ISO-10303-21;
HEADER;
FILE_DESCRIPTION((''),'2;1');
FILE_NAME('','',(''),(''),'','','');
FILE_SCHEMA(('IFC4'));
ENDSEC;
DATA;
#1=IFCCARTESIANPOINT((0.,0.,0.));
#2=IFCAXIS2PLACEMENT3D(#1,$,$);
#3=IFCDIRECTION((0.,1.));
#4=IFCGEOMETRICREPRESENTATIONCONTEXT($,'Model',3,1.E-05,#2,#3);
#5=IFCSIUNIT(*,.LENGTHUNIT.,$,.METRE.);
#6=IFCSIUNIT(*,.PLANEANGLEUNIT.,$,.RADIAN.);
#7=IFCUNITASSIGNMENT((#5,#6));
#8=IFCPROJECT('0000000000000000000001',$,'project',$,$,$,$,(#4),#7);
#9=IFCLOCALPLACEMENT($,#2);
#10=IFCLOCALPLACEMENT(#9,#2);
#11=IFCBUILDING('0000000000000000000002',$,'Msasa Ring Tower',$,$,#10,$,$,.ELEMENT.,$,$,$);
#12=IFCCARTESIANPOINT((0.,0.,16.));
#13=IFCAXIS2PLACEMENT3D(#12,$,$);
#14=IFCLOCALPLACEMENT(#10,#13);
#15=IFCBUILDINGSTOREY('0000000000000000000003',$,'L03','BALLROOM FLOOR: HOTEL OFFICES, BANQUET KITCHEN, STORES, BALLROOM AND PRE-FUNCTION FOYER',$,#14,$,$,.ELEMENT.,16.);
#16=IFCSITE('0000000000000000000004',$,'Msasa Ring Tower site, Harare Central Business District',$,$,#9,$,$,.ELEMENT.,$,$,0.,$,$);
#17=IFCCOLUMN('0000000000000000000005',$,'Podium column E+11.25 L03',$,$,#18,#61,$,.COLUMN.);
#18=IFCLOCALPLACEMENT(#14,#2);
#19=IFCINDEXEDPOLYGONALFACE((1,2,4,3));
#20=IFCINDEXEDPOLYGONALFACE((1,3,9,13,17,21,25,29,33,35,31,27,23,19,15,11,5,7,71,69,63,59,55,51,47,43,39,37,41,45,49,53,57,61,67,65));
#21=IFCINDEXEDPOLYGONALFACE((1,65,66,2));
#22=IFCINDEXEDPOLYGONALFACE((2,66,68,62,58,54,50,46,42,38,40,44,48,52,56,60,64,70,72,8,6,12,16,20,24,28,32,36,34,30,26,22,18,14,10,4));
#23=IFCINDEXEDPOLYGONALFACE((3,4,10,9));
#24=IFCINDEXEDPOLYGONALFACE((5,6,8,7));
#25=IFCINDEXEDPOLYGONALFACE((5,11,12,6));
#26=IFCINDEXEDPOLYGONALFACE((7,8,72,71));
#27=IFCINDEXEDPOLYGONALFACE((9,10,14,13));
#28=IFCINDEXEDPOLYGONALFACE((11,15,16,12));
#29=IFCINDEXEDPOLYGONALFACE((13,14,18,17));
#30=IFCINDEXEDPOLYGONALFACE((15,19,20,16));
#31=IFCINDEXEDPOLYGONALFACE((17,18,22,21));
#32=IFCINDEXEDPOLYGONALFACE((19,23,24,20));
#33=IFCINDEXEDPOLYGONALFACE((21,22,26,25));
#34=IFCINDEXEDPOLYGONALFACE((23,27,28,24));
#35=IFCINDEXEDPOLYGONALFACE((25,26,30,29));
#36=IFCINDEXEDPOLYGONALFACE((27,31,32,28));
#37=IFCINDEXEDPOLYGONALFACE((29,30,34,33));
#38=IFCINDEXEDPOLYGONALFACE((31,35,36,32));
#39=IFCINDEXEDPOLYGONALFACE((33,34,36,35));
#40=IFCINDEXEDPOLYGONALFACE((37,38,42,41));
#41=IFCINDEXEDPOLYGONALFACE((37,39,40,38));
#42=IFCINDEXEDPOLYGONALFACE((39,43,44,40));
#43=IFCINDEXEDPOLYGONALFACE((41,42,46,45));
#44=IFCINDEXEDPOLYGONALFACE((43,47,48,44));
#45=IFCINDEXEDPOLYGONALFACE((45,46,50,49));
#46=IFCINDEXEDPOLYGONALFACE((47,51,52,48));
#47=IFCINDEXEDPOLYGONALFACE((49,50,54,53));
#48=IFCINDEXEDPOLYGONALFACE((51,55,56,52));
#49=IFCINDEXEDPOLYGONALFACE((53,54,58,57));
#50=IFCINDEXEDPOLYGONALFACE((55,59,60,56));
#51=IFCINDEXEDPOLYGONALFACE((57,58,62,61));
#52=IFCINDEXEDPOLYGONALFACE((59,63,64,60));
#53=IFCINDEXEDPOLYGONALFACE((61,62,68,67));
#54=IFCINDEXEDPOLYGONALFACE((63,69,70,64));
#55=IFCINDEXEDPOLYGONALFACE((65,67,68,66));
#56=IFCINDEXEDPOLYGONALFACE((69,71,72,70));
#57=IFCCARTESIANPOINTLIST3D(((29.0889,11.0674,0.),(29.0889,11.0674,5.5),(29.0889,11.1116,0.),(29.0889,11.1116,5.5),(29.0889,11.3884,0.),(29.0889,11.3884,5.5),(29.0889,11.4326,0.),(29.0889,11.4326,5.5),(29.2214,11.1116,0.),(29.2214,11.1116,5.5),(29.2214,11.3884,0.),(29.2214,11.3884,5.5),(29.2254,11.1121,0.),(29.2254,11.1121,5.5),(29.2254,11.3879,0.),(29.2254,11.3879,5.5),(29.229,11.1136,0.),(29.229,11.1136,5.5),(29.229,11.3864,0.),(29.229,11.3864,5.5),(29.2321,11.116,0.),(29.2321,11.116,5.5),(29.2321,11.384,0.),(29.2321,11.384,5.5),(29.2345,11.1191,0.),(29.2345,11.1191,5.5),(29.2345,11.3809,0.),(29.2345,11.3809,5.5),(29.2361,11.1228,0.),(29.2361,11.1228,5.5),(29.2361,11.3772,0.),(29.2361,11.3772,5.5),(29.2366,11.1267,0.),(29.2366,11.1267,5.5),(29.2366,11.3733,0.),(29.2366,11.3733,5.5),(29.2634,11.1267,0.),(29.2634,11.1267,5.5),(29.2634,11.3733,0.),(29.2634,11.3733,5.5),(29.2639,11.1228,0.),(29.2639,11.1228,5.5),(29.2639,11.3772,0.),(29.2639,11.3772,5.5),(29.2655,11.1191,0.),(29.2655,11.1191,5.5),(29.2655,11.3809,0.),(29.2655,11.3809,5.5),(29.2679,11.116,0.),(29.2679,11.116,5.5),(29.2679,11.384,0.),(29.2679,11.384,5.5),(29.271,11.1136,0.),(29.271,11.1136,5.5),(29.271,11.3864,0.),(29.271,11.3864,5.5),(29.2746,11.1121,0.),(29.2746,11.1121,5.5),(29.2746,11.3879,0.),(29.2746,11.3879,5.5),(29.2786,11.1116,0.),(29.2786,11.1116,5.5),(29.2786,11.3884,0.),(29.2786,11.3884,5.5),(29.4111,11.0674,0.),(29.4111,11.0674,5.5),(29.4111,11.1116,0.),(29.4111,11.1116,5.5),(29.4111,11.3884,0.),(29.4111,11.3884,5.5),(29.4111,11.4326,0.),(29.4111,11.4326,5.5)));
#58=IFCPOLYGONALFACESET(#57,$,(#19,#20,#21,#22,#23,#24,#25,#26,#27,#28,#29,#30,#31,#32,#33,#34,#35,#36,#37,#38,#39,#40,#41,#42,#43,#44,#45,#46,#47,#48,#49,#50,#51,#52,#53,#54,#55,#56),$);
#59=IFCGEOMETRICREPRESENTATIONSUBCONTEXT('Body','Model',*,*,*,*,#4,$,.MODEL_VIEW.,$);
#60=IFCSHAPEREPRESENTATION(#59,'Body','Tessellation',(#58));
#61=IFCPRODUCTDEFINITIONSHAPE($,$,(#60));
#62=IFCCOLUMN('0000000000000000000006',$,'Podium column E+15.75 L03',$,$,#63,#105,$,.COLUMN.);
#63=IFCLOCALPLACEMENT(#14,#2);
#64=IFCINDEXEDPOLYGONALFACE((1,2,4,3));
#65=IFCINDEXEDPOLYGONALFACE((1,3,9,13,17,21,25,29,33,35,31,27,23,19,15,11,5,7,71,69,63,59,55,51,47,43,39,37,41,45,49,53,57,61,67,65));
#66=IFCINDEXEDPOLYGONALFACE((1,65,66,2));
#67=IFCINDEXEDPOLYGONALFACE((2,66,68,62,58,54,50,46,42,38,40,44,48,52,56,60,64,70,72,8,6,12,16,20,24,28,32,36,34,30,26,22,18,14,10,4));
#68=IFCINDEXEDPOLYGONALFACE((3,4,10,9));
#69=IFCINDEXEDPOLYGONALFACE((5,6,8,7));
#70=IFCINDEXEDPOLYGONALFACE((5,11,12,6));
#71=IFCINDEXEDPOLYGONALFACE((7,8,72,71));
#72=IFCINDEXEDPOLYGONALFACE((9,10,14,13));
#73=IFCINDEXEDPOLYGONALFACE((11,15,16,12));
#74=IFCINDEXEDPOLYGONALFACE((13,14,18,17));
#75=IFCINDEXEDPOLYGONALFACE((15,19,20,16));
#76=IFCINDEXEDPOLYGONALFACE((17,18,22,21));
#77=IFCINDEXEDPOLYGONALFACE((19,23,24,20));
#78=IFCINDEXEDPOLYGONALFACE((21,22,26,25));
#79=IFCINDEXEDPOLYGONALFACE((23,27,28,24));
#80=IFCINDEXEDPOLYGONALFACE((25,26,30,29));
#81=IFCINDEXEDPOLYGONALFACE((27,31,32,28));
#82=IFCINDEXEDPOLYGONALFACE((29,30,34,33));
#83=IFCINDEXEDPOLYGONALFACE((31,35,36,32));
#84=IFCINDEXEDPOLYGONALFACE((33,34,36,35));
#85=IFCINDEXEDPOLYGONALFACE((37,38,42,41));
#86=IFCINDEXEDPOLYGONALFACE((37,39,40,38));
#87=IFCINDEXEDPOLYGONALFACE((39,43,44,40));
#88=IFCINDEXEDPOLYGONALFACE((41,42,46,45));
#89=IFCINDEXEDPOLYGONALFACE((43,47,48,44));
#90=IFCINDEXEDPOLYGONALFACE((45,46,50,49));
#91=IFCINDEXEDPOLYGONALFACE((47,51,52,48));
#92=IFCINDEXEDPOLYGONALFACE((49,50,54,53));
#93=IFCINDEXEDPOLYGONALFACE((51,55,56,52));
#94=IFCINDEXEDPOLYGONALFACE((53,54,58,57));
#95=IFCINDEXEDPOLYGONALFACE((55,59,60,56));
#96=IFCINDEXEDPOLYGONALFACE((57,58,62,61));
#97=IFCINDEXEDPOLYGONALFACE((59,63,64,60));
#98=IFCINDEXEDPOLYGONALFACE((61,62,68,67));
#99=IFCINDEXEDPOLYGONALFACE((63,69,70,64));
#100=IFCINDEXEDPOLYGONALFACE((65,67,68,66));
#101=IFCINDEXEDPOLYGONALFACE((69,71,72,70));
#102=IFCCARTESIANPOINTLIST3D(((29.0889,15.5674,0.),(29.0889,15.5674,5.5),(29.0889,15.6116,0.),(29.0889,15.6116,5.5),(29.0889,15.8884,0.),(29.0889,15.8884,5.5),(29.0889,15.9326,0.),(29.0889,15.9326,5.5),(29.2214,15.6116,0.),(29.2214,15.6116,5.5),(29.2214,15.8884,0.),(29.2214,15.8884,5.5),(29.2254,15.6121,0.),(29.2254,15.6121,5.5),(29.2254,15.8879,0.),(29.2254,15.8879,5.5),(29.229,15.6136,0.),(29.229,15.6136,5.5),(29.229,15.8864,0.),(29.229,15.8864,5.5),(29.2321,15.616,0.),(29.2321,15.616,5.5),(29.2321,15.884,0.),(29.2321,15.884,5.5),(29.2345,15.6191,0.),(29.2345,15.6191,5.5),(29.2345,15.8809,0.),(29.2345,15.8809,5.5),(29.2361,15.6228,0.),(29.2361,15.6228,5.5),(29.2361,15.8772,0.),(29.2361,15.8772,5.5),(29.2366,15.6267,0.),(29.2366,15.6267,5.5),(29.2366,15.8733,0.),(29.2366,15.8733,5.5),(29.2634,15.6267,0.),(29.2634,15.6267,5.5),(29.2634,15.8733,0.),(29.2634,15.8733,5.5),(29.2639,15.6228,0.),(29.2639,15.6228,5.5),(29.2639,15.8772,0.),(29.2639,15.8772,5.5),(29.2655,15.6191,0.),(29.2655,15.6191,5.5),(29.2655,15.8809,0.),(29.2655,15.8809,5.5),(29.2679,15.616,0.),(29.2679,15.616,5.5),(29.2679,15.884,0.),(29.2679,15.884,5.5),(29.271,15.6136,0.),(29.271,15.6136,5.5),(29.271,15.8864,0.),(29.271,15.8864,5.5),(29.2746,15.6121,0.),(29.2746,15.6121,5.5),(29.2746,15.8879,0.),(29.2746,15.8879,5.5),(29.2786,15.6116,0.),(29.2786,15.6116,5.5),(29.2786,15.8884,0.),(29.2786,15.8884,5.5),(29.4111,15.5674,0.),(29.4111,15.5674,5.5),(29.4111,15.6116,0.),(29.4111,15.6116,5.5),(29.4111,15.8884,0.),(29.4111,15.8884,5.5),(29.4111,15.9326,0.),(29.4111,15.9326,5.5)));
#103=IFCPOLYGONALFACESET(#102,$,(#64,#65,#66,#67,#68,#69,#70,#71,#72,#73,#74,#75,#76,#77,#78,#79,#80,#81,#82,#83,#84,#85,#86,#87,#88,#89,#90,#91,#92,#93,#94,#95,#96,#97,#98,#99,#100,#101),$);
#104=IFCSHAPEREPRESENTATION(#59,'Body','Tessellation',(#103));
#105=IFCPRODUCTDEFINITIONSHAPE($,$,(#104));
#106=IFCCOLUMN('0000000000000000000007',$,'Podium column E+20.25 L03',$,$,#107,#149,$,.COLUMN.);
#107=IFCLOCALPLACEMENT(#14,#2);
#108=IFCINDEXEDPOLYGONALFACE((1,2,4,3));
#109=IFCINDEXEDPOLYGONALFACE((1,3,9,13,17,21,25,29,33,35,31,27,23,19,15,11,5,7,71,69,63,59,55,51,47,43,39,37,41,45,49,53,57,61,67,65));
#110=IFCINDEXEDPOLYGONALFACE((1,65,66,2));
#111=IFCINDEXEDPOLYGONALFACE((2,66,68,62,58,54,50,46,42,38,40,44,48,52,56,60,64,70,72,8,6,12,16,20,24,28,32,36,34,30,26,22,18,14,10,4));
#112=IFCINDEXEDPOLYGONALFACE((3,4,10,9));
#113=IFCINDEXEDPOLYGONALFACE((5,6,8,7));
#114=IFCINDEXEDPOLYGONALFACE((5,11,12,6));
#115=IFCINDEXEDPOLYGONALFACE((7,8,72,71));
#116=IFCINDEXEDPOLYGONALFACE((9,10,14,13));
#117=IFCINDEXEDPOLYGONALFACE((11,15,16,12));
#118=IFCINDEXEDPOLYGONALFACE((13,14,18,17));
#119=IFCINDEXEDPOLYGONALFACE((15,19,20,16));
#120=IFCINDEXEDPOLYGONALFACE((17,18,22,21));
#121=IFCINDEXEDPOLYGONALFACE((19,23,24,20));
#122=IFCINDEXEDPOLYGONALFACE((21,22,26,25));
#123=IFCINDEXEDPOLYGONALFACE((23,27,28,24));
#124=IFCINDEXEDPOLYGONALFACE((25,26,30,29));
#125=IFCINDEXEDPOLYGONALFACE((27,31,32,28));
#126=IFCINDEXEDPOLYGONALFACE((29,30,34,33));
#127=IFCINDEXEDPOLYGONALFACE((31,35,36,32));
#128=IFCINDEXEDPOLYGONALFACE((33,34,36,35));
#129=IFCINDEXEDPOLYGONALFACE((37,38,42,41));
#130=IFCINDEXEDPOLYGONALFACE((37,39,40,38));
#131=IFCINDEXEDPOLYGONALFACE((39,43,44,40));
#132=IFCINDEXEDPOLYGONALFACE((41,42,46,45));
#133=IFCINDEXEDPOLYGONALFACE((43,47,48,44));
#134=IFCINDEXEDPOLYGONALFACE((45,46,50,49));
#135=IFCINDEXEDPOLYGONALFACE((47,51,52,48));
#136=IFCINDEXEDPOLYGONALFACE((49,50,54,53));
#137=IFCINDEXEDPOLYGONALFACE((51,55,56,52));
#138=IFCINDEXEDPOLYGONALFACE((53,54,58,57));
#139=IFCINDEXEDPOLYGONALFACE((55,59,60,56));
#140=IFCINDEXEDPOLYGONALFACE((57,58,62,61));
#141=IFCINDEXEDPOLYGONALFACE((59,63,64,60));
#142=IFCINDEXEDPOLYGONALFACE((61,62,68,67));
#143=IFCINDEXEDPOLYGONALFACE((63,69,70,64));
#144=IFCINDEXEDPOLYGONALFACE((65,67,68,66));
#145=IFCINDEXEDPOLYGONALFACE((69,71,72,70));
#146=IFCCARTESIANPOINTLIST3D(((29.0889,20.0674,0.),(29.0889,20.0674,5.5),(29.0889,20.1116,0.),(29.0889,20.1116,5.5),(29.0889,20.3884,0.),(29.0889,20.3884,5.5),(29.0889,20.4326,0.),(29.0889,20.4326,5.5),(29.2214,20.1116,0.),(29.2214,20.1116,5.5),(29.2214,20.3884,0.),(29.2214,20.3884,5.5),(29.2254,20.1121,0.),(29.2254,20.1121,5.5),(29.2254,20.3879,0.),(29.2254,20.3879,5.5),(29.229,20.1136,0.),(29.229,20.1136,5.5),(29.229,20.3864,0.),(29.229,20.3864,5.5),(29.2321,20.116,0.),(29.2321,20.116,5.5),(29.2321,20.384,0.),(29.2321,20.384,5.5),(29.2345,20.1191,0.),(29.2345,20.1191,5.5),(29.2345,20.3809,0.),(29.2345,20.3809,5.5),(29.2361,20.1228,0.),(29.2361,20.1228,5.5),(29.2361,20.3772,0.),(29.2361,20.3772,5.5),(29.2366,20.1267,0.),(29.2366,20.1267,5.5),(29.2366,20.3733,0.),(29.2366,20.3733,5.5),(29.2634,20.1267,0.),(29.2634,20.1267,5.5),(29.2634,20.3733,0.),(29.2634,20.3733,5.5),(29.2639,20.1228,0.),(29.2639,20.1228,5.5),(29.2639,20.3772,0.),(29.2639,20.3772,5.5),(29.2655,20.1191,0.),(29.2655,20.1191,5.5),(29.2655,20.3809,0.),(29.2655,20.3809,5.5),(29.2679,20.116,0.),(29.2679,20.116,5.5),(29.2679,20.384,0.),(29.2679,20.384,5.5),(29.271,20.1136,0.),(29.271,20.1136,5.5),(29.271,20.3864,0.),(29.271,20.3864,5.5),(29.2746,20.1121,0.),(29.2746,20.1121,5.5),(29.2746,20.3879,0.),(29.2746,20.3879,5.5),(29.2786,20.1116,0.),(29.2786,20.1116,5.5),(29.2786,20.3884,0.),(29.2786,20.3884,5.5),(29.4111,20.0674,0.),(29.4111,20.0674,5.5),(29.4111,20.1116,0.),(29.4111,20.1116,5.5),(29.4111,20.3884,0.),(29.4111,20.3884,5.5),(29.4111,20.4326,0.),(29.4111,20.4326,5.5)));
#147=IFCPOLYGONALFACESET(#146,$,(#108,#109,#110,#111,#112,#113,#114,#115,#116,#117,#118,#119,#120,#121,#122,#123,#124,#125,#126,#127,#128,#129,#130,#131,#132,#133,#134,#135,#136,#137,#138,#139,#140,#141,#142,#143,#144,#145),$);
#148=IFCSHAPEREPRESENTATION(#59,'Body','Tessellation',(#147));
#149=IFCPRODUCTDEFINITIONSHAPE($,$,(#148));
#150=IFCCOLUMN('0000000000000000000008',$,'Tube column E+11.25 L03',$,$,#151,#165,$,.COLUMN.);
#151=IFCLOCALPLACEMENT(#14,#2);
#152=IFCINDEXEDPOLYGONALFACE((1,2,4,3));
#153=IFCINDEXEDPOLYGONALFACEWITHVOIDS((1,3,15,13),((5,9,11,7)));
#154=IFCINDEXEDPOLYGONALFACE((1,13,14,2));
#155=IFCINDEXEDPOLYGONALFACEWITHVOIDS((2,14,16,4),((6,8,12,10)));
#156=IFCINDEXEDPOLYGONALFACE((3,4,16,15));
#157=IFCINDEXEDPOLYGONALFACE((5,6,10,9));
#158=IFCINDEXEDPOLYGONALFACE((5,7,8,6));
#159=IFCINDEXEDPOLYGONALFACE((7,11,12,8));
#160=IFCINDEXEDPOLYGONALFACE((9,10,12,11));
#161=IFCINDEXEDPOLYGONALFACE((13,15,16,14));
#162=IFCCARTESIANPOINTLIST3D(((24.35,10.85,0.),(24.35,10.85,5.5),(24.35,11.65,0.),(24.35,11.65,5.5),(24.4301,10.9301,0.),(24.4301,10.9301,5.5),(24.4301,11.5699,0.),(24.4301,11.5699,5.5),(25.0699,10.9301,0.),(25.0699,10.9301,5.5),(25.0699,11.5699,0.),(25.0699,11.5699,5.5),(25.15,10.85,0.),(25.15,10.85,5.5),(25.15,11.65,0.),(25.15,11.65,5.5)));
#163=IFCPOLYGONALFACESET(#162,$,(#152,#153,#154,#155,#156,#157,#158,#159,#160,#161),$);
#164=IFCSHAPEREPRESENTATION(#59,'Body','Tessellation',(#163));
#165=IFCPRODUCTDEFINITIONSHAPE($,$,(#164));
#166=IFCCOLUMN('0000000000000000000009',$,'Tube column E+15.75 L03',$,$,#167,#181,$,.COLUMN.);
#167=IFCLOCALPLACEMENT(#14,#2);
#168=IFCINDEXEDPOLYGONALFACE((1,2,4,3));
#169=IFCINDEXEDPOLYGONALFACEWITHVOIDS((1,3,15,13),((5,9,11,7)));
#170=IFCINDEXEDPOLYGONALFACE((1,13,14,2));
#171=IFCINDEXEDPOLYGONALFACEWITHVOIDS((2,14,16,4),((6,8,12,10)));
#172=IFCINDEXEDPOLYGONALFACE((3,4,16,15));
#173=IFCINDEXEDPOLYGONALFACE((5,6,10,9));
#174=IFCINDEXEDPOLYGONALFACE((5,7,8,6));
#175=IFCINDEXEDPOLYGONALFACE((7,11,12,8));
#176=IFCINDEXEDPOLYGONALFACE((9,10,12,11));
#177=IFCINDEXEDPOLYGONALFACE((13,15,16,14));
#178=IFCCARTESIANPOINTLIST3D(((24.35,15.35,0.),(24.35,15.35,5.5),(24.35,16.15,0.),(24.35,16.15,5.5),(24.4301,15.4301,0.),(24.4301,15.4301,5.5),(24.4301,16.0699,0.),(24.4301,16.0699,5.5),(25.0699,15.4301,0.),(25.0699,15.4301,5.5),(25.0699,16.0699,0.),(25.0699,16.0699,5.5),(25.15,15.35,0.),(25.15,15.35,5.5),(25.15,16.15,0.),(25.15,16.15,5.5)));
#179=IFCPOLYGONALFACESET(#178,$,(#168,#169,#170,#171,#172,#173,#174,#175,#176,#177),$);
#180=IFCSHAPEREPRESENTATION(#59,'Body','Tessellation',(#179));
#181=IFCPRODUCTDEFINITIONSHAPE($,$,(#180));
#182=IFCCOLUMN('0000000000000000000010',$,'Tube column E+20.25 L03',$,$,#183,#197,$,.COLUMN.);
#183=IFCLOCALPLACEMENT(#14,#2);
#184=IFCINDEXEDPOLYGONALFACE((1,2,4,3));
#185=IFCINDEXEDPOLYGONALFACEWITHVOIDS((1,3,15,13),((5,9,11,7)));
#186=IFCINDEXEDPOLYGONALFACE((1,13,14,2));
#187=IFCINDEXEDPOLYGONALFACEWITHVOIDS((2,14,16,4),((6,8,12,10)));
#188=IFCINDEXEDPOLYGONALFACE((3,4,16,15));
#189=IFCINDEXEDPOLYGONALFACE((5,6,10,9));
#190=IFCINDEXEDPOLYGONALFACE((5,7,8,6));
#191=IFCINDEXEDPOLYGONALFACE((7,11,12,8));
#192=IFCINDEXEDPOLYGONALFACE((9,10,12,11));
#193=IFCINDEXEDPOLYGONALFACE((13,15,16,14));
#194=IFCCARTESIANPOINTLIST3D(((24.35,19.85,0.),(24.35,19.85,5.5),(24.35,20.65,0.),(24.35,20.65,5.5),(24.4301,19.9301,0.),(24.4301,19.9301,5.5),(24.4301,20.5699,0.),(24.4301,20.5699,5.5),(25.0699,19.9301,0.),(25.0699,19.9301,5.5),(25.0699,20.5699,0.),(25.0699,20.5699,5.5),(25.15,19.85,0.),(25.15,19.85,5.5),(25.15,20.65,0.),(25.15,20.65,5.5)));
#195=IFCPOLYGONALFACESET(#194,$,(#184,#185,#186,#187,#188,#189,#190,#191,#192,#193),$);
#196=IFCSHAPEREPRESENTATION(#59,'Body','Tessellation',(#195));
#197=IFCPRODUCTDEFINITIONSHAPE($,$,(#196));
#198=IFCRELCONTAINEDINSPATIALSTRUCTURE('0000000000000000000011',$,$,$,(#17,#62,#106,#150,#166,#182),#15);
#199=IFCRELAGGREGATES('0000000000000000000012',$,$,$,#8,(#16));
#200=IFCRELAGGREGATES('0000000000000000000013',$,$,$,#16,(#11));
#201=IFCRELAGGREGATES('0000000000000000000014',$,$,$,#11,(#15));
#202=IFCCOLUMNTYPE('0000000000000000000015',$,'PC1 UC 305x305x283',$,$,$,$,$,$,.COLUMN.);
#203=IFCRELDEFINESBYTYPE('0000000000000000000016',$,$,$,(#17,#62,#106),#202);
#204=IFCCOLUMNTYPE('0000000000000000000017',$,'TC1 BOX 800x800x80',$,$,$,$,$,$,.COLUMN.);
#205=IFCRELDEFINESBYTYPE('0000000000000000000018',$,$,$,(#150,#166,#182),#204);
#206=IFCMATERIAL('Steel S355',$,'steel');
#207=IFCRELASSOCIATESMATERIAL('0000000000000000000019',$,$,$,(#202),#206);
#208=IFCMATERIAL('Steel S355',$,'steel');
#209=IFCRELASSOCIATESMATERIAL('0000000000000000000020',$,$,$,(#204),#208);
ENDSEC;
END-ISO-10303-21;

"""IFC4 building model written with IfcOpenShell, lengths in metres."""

from ifc_helpers import new_model, si_unit, direction, frame, origin, origin_2d, place, context, subcontext, project, spatial, hollow_rectangle, i_section, extrude, material, material_profile, profile_set, type_object, element, save


model = new_model("IFC4")

# Units and contexts
model_context = context("Model", 3, precision=1e-05, world=origin(), true_north=direction((0.0, 1.0)))
body_context = subcontext(model_context, "Body", "Model", "MODEL_VIEW")
ifc_project = project(units=[si_unit("LENGTHUNIT", "METRE"), si_unit("PLANEANGLEUNIT", "RADIAN")], contexts=[model_context])

# Site, building, storey
site_placement = place(None, origin())
site = spatial("IfcSite", under=ifc_project, at=site_placement, Name="Msasa Ring Tower site, Harare Central Business District", CompositionType="ELEMENT", RefElevation=0.0)
building_placement = place(site_placement, origin())
building = spatial("IfcBuilding", under=site, at=building_placement, Name="Msasa Ring Tower", CompositionType="ELEMENT")
storey_placement = place(building_placement, frame((0.0, 0.0, 16.0)))
storey = spatial("IfcBuildingStorey", under=building, at=storey_placement, Name="L03", Description="BALLROOM FLOOR: HOTEL OFFICES, BANQUET KITCHEN, STORES, BALLROOM AND PRE-FUNCTION FOYER", CompositionType="ELEMENT", Elevation=16.0)

# Columns
ifc_material_1 = material(Name="Steel S355", Category="steel")
ifc_material_profile_1 = material_profile(ifc_material_1, i_section(OverallWidth=0.3223, OverallDepth=0.3652, WebThickness=0.0269, FlangeThickness=0.0442, FilletRadius=0.0151, at=origin_2d()), Name="UC 305x305x283")
ifc_profile_set_1 = profile_set([ifc_material_profile_1], Name="Steel S355")
column_type_1 = type_object("IfcColumnType", Name="PC1 UC 305x305x283", PredefinedType="COLUMN", material=ifc_profile_set_1)
for number, where, z_axis, x_axis, name in (
    (1, (29.25, 11.25, 0.0), (0.0, 0.0, 1.0), (1.0, 0.0, 0.0), "Podium column E+11.25 L03"),
    (2, (29.25, 15.75, 0.0), (0.0, 0.0, 1.0), (1.0, 0.0, 0.0), "Podium column E+15.75 L03"),
    (3, (29.25, 20.25, 0.0), (0.0, 0.0, 1.0), (1.0, 0.0, 0.0), "Podium column E+20.25 L03"),
):
    element("IfcColumn", number, at=place(storey_placement, frame(where, z_axis=z_axis, x_axis=x_axis)), inside=storey, type_object=column_type_1, Name=name, PredefinedType="COLUMN", context=body_context, shape_type="SweptSolid", body=[
        extrude(i_section(OverallWidth=0.3223, OverallDepth=0.3652, WebThickness=0.0269, FlangeThickness=0.0442, FilletRadius=0.0151, at=origin_2d()), origin(), (0.0, 0.0, 1.0), 5.5),
    ])
ifc_material_2 = material(Name="Steel S355", Category="steel")
ifc_material_profile_2 = material_profile(ifc_material_2, hollow_rectangle(XDim=0.8, YDim=0.8, WallThickness=0.0801, at=origin_2d()), Name="BOX 800x800x80")
ifc_profile_set_2 = profile_set([ifc_material_profile_2], Name="Steel S355")
column_type_2 = type_object("IfcColumnType", Name="TC1 BOX 800x800x80", PredefinedType="COLUMN", material=ifc_profile_set_2)
for number, where, z_axis, x_axis, name in (
    (4, (24.75, 11.25, 0.0), (0.0, 0.0, 1.0), (1.0, 0.0, 0.0), "Tube column E+11.25 L03"),
    (5, (24.75, 15.75, 0.0), (0.0, 0.0, 1.0), (1.0, 0.0, 0.0), "Tube column E+15.75 L03"),
    (6, (24.75, 20.25, 0.0), (0.0, 0.0, 1.0), (1.0, 0.0, 0.0), "Tube column E+20.25 L03"),
):
    element("IfcColumn", number, at=place(storey_placement, frame(where, z_axis=z_axis, x_axis=x_axis)), inside=storey, type_object=column_type_2, Name=name, PredefinedType="COLUMN", context=body_context, shape_type="SweptSolid", body=[
        extrude(hollow_rectangle(XDim=0.8, YDim=0.8, WallThickness=0.0801, at=origin_2d()), origin(), (0.0, 0.0, 1.0), 5.5),
    ])

save(model, "model.ifc")
